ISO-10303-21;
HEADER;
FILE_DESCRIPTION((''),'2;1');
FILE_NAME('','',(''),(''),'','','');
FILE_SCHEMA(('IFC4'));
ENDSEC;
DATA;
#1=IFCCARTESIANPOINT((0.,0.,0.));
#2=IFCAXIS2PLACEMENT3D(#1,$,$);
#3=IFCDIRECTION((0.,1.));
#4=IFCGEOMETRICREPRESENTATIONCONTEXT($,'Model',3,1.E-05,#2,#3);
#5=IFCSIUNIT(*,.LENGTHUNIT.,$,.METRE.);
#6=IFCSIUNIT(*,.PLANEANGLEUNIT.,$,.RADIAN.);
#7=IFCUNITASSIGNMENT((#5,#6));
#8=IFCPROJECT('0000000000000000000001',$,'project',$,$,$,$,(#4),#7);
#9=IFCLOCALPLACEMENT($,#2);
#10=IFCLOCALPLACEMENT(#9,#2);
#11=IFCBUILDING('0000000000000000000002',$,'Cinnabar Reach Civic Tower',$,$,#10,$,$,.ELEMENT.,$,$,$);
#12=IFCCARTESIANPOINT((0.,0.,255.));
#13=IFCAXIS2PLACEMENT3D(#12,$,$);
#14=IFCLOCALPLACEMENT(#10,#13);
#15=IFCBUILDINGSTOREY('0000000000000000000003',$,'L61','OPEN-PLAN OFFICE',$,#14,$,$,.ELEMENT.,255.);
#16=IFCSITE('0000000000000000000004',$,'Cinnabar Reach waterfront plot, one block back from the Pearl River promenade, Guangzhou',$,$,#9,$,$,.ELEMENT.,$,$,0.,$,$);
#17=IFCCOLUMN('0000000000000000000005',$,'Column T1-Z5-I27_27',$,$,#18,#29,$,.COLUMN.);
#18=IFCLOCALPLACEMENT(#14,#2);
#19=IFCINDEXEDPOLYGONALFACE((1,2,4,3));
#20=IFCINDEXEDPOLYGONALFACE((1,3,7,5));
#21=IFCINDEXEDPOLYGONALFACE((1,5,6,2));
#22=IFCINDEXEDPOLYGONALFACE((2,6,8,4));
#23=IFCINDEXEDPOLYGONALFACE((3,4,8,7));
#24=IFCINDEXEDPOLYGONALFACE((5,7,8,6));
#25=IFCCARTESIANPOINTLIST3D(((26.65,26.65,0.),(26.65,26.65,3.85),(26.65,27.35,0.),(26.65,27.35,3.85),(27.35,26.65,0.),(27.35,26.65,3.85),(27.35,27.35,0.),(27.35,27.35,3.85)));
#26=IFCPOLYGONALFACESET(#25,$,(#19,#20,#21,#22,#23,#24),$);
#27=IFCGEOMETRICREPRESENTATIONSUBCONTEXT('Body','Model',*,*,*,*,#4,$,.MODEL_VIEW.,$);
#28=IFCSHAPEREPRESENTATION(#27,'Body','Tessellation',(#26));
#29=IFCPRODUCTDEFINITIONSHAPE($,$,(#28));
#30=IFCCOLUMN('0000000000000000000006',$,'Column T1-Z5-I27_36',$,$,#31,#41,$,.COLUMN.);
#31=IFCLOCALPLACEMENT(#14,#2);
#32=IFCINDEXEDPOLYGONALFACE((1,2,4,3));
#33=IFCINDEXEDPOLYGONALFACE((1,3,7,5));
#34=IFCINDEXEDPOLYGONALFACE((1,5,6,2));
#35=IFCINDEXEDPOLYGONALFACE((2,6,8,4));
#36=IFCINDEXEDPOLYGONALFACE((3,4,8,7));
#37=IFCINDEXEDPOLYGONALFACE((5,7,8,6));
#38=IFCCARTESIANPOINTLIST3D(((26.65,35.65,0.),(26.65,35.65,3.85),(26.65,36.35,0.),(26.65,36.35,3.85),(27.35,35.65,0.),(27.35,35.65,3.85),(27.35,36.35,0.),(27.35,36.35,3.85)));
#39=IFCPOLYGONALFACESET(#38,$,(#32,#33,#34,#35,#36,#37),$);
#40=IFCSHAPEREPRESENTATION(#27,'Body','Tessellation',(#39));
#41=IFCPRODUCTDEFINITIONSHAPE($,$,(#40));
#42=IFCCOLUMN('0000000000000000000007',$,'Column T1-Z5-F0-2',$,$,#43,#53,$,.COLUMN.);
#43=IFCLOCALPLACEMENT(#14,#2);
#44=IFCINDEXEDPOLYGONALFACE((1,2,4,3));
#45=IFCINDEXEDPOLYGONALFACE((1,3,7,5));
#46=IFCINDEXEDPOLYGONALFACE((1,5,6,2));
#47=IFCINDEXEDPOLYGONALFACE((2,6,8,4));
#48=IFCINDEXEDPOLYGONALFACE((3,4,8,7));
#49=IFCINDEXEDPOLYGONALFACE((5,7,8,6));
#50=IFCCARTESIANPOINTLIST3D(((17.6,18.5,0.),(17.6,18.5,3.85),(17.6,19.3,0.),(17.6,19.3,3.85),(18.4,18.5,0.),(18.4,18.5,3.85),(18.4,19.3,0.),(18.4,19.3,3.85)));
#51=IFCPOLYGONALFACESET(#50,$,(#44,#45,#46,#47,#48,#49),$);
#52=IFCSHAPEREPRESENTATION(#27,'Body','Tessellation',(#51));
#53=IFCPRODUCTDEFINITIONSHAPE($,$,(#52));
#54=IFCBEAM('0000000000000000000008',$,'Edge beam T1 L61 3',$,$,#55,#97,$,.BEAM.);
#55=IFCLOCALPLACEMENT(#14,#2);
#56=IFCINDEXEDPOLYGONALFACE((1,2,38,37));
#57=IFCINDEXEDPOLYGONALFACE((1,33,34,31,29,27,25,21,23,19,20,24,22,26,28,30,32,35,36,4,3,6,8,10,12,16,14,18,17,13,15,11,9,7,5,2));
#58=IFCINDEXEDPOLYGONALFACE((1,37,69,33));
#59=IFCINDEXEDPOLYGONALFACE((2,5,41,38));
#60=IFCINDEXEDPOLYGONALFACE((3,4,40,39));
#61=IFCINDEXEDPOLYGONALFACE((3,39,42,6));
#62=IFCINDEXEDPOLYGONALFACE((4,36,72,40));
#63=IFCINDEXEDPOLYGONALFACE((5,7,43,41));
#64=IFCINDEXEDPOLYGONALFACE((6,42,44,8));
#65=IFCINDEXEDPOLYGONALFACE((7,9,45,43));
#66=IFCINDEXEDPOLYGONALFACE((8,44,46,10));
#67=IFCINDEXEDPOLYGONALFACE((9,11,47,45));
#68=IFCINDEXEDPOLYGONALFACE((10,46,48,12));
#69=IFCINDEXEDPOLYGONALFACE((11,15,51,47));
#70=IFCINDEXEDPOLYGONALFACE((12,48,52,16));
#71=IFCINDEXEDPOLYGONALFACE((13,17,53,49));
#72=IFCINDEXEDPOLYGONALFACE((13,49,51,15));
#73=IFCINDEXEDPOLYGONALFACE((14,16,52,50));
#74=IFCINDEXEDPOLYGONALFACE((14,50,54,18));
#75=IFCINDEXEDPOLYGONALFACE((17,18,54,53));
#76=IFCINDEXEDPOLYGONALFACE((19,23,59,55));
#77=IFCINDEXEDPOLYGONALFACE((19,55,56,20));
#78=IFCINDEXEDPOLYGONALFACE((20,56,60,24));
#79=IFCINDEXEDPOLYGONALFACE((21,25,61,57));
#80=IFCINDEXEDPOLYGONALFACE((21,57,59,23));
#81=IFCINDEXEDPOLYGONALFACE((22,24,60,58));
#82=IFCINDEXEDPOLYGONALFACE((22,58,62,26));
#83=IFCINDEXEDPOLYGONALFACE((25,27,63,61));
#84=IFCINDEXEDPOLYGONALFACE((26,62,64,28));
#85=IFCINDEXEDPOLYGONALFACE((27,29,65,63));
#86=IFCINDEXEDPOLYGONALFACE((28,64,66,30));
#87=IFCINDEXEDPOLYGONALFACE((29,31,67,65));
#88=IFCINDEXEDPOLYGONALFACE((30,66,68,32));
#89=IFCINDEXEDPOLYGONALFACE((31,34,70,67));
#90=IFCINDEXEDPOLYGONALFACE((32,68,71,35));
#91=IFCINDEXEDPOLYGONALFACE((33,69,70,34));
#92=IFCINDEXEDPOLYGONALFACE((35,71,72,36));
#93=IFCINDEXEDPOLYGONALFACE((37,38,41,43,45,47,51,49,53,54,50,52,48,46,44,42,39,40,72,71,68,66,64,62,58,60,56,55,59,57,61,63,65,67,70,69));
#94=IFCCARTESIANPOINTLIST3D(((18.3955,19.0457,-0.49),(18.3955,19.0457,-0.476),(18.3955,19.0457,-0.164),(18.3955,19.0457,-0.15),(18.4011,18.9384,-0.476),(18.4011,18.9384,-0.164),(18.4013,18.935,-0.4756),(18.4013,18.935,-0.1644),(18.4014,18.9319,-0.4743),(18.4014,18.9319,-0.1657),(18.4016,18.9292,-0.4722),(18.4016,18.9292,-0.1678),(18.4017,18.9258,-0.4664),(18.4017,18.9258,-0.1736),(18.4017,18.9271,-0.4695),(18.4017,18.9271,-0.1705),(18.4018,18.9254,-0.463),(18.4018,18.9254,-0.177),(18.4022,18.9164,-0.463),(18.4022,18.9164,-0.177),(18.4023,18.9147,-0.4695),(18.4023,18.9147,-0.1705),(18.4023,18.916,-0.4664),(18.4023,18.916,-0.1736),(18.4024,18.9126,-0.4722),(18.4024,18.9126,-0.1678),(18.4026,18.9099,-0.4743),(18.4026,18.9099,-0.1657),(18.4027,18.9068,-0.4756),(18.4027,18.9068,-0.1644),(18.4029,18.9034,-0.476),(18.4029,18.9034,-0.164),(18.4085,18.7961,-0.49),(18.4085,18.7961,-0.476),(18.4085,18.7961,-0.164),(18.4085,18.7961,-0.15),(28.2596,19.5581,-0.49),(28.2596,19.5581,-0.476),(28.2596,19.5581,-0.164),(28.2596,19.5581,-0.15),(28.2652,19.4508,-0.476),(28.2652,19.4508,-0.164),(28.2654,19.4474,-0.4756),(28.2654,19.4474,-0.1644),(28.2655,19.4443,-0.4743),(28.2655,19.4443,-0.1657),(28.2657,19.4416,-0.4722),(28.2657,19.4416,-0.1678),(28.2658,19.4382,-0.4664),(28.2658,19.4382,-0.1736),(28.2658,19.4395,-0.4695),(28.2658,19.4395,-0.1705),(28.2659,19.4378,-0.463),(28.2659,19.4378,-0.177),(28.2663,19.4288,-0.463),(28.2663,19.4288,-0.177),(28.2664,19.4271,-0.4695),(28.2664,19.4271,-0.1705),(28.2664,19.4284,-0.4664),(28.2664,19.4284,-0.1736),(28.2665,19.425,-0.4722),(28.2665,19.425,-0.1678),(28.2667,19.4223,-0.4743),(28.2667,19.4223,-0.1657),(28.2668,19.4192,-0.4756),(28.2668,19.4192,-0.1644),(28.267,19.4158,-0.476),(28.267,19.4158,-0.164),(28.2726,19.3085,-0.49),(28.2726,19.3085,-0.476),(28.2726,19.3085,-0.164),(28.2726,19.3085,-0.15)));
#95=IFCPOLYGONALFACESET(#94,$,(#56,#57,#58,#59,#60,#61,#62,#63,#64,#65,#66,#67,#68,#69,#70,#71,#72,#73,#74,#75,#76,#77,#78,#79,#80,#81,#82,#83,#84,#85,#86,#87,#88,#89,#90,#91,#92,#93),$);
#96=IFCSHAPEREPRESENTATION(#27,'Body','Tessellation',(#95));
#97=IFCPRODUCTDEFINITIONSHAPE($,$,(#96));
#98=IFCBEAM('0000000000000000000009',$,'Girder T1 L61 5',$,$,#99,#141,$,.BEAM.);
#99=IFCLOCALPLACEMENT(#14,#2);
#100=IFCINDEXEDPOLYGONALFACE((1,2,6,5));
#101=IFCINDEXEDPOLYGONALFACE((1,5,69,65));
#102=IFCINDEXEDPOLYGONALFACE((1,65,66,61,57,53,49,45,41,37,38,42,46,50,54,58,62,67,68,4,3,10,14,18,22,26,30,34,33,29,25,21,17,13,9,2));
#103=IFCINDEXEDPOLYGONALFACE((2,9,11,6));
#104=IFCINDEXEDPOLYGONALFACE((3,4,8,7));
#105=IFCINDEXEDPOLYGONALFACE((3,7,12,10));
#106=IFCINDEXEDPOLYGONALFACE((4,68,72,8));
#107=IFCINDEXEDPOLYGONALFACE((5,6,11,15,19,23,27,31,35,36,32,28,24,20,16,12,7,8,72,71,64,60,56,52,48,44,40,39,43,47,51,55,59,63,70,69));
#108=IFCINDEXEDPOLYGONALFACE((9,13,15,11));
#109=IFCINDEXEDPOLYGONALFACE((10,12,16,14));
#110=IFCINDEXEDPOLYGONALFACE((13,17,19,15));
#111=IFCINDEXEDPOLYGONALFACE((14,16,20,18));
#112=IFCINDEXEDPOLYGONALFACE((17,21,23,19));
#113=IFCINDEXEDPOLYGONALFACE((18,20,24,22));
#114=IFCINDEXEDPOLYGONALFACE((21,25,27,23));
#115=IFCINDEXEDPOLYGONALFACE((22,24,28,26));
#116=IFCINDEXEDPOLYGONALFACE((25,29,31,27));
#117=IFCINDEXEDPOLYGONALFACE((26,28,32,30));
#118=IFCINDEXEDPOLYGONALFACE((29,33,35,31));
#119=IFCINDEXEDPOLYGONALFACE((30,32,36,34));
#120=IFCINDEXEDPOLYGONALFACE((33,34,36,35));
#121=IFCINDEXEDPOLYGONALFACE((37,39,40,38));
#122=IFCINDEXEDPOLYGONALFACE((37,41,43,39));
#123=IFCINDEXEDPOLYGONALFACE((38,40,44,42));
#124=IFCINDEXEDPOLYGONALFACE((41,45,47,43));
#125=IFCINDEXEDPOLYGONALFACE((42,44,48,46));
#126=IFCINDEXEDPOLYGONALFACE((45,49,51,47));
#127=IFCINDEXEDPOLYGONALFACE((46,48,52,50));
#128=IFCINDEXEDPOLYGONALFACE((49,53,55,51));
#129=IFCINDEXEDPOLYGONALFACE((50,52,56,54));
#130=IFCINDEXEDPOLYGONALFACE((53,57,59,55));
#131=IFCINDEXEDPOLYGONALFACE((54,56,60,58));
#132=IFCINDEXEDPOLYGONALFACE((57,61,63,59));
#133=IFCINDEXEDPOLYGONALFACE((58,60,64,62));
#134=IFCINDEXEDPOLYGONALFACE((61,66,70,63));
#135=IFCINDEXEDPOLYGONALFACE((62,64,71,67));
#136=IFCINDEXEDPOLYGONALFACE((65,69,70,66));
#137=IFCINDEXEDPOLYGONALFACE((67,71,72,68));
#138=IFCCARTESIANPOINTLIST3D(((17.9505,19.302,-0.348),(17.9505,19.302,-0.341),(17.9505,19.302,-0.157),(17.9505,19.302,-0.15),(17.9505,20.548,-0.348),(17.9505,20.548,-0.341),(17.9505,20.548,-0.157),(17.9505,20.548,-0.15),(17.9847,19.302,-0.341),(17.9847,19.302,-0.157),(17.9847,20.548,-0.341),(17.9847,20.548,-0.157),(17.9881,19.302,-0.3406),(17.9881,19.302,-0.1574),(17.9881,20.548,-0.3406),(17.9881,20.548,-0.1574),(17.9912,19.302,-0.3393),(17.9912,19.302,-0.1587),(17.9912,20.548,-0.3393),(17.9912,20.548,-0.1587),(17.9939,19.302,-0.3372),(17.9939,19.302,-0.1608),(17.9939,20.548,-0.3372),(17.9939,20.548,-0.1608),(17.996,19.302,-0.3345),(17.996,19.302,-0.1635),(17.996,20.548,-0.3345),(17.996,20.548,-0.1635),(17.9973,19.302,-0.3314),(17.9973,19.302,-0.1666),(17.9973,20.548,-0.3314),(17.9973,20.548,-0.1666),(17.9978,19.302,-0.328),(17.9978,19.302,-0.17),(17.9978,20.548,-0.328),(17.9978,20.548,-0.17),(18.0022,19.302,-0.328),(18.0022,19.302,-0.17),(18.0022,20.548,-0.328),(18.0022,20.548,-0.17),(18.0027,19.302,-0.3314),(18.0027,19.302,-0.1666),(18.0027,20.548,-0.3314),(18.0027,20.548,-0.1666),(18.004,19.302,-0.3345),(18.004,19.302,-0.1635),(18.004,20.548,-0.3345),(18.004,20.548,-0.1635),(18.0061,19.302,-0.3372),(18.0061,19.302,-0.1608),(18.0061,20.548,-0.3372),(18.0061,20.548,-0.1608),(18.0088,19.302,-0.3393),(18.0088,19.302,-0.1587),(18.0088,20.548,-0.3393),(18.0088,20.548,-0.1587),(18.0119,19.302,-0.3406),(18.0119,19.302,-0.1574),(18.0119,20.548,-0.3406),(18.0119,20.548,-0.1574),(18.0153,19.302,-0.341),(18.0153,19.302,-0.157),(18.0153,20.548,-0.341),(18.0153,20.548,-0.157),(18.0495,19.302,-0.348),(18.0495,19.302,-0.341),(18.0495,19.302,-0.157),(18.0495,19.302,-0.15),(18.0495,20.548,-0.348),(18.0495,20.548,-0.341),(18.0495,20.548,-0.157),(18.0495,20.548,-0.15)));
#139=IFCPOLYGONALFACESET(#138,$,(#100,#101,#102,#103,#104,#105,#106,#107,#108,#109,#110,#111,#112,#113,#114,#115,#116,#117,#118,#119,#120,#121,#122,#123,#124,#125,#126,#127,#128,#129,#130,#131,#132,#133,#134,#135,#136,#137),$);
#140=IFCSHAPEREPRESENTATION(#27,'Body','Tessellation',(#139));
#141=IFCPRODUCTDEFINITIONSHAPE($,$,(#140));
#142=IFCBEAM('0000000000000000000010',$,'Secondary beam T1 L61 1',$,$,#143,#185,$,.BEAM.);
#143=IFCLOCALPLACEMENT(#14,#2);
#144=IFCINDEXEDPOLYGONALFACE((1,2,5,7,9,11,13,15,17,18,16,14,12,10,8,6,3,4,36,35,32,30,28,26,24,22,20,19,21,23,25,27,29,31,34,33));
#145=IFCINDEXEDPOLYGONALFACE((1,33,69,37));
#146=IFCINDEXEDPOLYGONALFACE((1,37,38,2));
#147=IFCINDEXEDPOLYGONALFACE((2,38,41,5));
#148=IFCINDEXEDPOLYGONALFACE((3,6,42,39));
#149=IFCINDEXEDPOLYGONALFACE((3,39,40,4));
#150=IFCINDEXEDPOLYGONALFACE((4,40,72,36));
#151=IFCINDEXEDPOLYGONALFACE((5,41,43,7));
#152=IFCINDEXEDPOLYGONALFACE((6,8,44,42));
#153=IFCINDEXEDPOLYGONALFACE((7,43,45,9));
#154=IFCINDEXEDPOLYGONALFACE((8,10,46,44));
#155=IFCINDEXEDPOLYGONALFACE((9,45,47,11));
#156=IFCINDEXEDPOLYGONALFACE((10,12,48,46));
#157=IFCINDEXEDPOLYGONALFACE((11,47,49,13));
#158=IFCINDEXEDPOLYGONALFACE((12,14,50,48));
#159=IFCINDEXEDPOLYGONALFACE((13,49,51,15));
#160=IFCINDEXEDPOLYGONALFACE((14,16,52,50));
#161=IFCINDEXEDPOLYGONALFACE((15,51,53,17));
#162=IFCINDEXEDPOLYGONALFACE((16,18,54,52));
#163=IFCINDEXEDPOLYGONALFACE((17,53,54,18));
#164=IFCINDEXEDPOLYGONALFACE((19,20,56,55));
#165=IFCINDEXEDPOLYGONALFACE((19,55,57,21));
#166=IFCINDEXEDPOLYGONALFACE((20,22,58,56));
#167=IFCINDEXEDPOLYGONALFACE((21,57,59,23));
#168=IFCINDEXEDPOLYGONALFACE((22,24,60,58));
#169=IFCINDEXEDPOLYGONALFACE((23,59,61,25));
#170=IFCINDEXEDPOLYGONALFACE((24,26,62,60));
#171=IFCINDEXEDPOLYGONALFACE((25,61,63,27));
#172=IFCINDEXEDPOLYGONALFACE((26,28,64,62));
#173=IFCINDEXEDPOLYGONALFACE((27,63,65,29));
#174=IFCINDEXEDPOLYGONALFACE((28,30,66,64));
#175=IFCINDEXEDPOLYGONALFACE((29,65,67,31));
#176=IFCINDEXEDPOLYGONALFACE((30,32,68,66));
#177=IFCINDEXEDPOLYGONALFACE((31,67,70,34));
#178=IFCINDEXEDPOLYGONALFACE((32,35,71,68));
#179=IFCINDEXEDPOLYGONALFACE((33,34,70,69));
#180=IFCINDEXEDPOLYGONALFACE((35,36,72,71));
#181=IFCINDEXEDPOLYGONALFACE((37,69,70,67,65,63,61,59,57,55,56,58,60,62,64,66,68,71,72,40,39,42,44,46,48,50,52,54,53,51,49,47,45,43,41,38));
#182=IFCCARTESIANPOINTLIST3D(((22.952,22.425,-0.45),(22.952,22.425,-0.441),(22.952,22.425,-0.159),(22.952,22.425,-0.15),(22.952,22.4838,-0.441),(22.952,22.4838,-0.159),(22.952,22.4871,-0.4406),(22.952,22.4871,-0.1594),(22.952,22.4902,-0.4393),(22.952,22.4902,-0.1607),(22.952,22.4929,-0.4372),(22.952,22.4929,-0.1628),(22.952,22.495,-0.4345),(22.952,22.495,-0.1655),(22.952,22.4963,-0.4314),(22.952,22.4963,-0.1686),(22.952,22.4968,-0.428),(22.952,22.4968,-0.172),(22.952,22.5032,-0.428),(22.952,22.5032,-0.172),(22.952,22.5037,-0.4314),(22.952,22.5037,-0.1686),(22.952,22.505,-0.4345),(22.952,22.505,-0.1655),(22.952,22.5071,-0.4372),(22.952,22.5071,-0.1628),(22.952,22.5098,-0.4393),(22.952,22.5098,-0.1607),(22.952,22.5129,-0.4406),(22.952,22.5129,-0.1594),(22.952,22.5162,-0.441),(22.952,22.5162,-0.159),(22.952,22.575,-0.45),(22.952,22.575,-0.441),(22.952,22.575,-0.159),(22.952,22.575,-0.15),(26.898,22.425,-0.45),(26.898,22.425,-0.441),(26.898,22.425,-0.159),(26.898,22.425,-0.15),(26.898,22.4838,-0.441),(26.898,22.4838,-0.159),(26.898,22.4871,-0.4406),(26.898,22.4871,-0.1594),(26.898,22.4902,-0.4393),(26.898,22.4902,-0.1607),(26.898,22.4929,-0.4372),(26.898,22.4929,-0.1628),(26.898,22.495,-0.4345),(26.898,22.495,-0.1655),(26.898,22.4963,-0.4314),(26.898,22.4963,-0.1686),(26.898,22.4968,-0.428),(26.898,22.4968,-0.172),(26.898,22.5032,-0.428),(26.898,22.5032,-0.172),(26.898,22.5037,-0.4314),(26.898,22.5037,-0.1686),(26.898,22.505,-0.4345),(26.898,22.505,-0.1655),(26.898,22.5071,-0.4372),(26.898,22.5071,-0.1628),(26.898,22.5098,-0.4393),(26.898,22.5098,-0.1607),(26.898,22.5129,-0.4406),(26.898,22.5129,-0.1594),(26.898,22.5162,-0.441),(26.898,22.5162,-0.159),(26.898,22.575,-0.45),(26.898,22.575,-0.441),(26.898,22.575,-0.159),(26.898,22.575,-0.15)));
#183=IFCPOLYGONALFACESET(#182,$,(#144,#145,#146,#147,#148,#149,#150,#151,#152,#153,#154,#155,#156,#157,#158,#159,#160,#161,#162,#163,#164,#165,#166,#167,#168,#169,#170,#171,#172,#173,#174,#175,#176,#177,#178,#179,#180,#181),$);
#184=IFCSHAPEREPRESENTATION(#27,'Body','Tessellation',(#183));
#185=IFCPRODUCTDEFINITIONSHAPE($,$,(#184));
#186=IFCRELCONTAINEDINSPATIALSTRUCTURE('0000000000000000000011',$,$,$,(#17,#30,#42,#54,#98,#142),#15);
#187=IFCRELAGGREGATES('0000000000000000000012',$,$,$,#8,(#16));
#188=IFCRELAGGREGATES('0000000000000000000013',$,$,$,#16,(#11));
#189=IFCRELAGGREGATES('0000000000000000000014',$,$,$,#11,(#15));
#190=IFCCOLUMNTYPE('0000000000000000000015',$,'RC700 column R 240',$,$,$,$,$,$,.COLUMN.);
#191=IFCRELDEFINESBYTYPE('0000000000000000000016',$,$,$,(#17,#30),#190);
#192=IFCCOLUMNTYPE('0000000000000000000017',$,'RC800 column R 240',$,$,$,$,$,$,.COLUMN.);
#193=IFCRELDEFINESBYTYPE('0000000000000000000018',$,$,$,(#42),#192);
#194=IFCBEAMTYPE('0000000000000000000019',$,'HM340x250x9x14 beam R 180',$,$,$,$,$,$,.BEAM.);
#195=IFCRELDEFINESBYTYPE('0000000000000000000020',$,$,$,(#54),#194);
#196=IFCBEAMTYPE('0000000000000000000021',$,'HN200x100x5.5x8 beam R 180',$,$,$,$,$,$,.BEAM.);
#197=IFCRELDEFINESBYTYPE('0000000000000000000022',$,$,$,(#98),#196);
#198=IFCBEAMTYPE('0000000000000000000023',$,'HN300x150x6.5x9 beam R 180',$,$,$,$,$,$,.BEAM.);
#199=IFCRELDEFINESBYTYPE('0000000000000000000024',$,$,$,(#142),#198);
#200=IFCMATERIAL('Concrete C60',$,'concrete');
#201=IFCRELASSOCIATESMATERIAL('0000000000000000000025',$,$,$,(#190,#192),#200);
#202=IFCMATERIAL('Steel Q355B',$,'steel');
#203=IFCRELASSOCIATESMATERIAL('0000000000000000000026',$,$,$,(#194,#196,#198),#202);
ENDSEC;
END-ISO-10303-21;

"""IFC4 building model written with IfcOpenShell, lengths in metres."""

from ifc_helpers import new_model, si_unit, direction, frame, origin, origin_2d, place, context, subcontext, project, spatial, rectangle, i_section, extrude, material, material_profile, profile_set, type_object, element, save


model = new_model("IFC4")

# Units and contexts
model_context = context("Model", 3, precision=1e-05, world=origin(), true_north=direction((0.0, 1.0)))
body_context = subcontext(model_context, "Body", "Model", "MODEL_VIEW")
ifc_project = project(units=[si_unit("LENGTHUNIT", "METRE"), si_unit("PLANEANGLEUNIT", "RADIAN")], contexts=[model_context])

# Site, building, storey
site_placement = place(None, origin())
site = spatial("IfcSite", under=ifc_project, at=site_placement, Name="Cinnabar Reach waterfront plot, one block back from the Pearl River promenade, Guangzhou", CompositionType="ELEMENT", RefElevation=0.0)
building_placement = place(site_placement, origin())
building = spatial("IfcBuilding", under=site, at=building_placement, Name="Cinnabar Reach Civic Tower", CompositionType="ELEMENT")
storey_placement = place(building_placement, frame((0.0, 0.0, 255.0)))
storey = spatial("IfcBuildingStorey", under=building, at=storey_placement, Name="L61", Description="OPEN-PLAN OFFICE", CompositionType="ELEMENT", Elevation=255.0)

# Columns
ifc_material_1 = material(Name="Concrete C60", Category="concrete")
ifc_material_profile_1 = material_profile(ifc_material_1, rectangle(XDim=0.7, YDim=0.7, at=origin_2d()), Name="RC700")
ifc_profile_set_1 = profile_set([ifc_material_profile_1], Name="Concrete C60")
column_type_1 = type_object("IfcColumnType", Name="RC700 column R 240", PredefinedType="COLUMN", material=ifc_profile_set_1)
for number, where, z_axis, x_axis, name in (
    (1, (27.0, 27.0, 0.0), (0.0, 0.0, 1.0), (1.0, 0.0, 0.0), "Column T1-Z5-I27_27"),
    (2, (27.0, 36.0, 0.0), (0.0, 0.0, 1.0), (1.0, 0.0, 0.0), "Column T1-Z5-I27_36"),
):
    element("IfcColumn", number, at=place(storey_placement, frame(where, z_axis=z_axis, x_axis=x_axis)), inside=storey, type_object=column_type_1, Name=name, PredefinedType="COLUMN", context=body_context, shape_type="SweptSolid", body=[
        extrude(rectangle(XDim=0.7, YDim=0.7, at=origin_2d()), origin(), (0.0, 0.0, 1.0), 3.85),
    ])
ifc_material_profile_2 = material_profile(ifc_material_1, rectangle(XDim=0.8, YDim=0.8, at=origin_2d()), Name="RC800")
ifc_profile_set_2 = profile_set([ifc_material_profile_2], Name="Concrete C60")
column_type_2 = type_object("IfcColumnType", Name="RC800 column R 240", PredefinedType="COLUMN", material=ifc_profile_set_2)
column_placement = place(storey_placement, frame((18.0, 18.9, 0.0), z_axis=(0.0, 0.0, 1.0), x_axis=(1.0, 0.0, 0.0)))
element("IfcColumn", 3, at=column_placement, inside=storey, type_object=column_type_2, Name="Column T1-Z5-F0-2", PredefinedType="COLUMN", context=body_context, shape_type="SweptSolid", body=[
    extrude(rectangle(XDim=0.8, YDim=0.8, at=origin_2d()), origin(), (0.0, 0.0, 1.0), 3.85),
])

# Beams
ifc_material_2 = material(Name="Steel Q355B", Category="steel")
ifc_material_profile_3 = material_profile(ifc_material_2, i_section(OverallWidth=0.25, OverallDepth=0.34, WebThickness=0.009, FlangeThickness=0.014, FilletRadius=0.013, at=origin_2d()), Name="HM340x250x9x14")
ifc_profile_set_3 = profile_set([ifc_material_profile_3], Name="Steel Q355B")
beam_type_1 = type_object("IfcBeamType", Name="HM340x250x9x14 beam R 180", PredefinedType="BEAM", material=ifc_profile_set_3)
beam_1_placement = place(storey_placement, frame((18.402, 18.9209, -0.32), z_axis=(0.998654, 0.051876, 0.0), x_axis=(-0.051876, 0.998654, 0.0)))
element("IfcBeam", 4, at=beam_1_placement, inside=storey, type_object=beam_type_1, Name="Edge beam T1 L61 3", PredefinedType="BEAM", context=body_context, shape_type="SweptSolid", body=[
    extrude(i_section(OverallWidth=0.25, OverallDepth=0.34, WebThickness=0.009, FlangeThickness=0.014, FilletRadius=0.013, at=origin_2d()), origin(), (0.0, 0.0, 1.0), 9.8774),
])
ifc_material_profile_4 = material_profile(ifc_material_2, i_section(OverallWidth=0.099, OverallDepth=0.198, WebThickness=0.0045, FlangeThickness=0.007, FilletRadius=0.013, at=origin_2d()), Name="HN200x100x5.5x8")
ifc_profile_set_4 = profile_set([ifc_material_profile_4], Name="Steel Q355B")
beam_type_2 = type_object("IfcBeamType", Name="HN200x100x5.5x8 beam R 180", PredefinedType="BEAM", material=ifc_profile_set_4)
beam_2_placement = place(storey_placement, frame((18.0, 19.302, -0.249), z_axis=(0.0, 1.0, 0.0), x_axis=(-1.0, 0.0, 0.0)))
element("IfcBeam", 5, at=beam_2_placement, inside=storey, type_object=beam_type_2, Name="Girder T1 L61 5", PredefinedType="BEAM", context=body_context, shape_type="SweptSolid", body=[
    extrude(i_section(OverallWidth=0.099, OverallDepth=0.198, WebThickness=0.0045, FlangeThickness=0.007, FilletRadius=0.013, at=origin_2d()), origin(), (0.0, 0.0, 1.0), 1.246),
])
ifc_material_profile_5 = material_profile(ifc_material_2, i_section(OverallWidth=0.15, OverallDepth=0.3, WebThickness=0.0065, FlangeThickness=0.009, FilletRadius=0.013, at=origin_2d()), Name="HN300x150x6.5x9")
ifc_profile_set_5 = profile_set([ifc_material_profile_5], Name="Steel Q355B")
beam_type_3 = type_object("IfcBeamType", Name="HN300x150x6.5x9 beam R 180", PredefinedType="BEAM", material=ifc_profile_set_5)
for number, where, z_axis, x_axis, name in (
    (6, (22.952, 22.5, -0.3), (1.0, 0.0, 0.0), (0.0, 1.0, 0.0), "Secondary beam T1 L61 1"),
):
    element("IfcBeam", number, at=place(storey_placement, frame(where, z_axis=z_axis, x_axis=x_axis)), inside=storey, type_object=beam_type_3, Name=name, PredefinedType="BEAM", context=body_context, shape_type="SweptSolid", body=[
        extrude(i_section(OverallWidth=0.15, OverallDepth=0.3, WebThickness=0.0065, FlangeThickness=0.009, FilletRadius=0.013, at=origin_2d()), origin(), (0.0, 0.0, 1.0), 3.946),
    ])

save(model, "model.ifc")
